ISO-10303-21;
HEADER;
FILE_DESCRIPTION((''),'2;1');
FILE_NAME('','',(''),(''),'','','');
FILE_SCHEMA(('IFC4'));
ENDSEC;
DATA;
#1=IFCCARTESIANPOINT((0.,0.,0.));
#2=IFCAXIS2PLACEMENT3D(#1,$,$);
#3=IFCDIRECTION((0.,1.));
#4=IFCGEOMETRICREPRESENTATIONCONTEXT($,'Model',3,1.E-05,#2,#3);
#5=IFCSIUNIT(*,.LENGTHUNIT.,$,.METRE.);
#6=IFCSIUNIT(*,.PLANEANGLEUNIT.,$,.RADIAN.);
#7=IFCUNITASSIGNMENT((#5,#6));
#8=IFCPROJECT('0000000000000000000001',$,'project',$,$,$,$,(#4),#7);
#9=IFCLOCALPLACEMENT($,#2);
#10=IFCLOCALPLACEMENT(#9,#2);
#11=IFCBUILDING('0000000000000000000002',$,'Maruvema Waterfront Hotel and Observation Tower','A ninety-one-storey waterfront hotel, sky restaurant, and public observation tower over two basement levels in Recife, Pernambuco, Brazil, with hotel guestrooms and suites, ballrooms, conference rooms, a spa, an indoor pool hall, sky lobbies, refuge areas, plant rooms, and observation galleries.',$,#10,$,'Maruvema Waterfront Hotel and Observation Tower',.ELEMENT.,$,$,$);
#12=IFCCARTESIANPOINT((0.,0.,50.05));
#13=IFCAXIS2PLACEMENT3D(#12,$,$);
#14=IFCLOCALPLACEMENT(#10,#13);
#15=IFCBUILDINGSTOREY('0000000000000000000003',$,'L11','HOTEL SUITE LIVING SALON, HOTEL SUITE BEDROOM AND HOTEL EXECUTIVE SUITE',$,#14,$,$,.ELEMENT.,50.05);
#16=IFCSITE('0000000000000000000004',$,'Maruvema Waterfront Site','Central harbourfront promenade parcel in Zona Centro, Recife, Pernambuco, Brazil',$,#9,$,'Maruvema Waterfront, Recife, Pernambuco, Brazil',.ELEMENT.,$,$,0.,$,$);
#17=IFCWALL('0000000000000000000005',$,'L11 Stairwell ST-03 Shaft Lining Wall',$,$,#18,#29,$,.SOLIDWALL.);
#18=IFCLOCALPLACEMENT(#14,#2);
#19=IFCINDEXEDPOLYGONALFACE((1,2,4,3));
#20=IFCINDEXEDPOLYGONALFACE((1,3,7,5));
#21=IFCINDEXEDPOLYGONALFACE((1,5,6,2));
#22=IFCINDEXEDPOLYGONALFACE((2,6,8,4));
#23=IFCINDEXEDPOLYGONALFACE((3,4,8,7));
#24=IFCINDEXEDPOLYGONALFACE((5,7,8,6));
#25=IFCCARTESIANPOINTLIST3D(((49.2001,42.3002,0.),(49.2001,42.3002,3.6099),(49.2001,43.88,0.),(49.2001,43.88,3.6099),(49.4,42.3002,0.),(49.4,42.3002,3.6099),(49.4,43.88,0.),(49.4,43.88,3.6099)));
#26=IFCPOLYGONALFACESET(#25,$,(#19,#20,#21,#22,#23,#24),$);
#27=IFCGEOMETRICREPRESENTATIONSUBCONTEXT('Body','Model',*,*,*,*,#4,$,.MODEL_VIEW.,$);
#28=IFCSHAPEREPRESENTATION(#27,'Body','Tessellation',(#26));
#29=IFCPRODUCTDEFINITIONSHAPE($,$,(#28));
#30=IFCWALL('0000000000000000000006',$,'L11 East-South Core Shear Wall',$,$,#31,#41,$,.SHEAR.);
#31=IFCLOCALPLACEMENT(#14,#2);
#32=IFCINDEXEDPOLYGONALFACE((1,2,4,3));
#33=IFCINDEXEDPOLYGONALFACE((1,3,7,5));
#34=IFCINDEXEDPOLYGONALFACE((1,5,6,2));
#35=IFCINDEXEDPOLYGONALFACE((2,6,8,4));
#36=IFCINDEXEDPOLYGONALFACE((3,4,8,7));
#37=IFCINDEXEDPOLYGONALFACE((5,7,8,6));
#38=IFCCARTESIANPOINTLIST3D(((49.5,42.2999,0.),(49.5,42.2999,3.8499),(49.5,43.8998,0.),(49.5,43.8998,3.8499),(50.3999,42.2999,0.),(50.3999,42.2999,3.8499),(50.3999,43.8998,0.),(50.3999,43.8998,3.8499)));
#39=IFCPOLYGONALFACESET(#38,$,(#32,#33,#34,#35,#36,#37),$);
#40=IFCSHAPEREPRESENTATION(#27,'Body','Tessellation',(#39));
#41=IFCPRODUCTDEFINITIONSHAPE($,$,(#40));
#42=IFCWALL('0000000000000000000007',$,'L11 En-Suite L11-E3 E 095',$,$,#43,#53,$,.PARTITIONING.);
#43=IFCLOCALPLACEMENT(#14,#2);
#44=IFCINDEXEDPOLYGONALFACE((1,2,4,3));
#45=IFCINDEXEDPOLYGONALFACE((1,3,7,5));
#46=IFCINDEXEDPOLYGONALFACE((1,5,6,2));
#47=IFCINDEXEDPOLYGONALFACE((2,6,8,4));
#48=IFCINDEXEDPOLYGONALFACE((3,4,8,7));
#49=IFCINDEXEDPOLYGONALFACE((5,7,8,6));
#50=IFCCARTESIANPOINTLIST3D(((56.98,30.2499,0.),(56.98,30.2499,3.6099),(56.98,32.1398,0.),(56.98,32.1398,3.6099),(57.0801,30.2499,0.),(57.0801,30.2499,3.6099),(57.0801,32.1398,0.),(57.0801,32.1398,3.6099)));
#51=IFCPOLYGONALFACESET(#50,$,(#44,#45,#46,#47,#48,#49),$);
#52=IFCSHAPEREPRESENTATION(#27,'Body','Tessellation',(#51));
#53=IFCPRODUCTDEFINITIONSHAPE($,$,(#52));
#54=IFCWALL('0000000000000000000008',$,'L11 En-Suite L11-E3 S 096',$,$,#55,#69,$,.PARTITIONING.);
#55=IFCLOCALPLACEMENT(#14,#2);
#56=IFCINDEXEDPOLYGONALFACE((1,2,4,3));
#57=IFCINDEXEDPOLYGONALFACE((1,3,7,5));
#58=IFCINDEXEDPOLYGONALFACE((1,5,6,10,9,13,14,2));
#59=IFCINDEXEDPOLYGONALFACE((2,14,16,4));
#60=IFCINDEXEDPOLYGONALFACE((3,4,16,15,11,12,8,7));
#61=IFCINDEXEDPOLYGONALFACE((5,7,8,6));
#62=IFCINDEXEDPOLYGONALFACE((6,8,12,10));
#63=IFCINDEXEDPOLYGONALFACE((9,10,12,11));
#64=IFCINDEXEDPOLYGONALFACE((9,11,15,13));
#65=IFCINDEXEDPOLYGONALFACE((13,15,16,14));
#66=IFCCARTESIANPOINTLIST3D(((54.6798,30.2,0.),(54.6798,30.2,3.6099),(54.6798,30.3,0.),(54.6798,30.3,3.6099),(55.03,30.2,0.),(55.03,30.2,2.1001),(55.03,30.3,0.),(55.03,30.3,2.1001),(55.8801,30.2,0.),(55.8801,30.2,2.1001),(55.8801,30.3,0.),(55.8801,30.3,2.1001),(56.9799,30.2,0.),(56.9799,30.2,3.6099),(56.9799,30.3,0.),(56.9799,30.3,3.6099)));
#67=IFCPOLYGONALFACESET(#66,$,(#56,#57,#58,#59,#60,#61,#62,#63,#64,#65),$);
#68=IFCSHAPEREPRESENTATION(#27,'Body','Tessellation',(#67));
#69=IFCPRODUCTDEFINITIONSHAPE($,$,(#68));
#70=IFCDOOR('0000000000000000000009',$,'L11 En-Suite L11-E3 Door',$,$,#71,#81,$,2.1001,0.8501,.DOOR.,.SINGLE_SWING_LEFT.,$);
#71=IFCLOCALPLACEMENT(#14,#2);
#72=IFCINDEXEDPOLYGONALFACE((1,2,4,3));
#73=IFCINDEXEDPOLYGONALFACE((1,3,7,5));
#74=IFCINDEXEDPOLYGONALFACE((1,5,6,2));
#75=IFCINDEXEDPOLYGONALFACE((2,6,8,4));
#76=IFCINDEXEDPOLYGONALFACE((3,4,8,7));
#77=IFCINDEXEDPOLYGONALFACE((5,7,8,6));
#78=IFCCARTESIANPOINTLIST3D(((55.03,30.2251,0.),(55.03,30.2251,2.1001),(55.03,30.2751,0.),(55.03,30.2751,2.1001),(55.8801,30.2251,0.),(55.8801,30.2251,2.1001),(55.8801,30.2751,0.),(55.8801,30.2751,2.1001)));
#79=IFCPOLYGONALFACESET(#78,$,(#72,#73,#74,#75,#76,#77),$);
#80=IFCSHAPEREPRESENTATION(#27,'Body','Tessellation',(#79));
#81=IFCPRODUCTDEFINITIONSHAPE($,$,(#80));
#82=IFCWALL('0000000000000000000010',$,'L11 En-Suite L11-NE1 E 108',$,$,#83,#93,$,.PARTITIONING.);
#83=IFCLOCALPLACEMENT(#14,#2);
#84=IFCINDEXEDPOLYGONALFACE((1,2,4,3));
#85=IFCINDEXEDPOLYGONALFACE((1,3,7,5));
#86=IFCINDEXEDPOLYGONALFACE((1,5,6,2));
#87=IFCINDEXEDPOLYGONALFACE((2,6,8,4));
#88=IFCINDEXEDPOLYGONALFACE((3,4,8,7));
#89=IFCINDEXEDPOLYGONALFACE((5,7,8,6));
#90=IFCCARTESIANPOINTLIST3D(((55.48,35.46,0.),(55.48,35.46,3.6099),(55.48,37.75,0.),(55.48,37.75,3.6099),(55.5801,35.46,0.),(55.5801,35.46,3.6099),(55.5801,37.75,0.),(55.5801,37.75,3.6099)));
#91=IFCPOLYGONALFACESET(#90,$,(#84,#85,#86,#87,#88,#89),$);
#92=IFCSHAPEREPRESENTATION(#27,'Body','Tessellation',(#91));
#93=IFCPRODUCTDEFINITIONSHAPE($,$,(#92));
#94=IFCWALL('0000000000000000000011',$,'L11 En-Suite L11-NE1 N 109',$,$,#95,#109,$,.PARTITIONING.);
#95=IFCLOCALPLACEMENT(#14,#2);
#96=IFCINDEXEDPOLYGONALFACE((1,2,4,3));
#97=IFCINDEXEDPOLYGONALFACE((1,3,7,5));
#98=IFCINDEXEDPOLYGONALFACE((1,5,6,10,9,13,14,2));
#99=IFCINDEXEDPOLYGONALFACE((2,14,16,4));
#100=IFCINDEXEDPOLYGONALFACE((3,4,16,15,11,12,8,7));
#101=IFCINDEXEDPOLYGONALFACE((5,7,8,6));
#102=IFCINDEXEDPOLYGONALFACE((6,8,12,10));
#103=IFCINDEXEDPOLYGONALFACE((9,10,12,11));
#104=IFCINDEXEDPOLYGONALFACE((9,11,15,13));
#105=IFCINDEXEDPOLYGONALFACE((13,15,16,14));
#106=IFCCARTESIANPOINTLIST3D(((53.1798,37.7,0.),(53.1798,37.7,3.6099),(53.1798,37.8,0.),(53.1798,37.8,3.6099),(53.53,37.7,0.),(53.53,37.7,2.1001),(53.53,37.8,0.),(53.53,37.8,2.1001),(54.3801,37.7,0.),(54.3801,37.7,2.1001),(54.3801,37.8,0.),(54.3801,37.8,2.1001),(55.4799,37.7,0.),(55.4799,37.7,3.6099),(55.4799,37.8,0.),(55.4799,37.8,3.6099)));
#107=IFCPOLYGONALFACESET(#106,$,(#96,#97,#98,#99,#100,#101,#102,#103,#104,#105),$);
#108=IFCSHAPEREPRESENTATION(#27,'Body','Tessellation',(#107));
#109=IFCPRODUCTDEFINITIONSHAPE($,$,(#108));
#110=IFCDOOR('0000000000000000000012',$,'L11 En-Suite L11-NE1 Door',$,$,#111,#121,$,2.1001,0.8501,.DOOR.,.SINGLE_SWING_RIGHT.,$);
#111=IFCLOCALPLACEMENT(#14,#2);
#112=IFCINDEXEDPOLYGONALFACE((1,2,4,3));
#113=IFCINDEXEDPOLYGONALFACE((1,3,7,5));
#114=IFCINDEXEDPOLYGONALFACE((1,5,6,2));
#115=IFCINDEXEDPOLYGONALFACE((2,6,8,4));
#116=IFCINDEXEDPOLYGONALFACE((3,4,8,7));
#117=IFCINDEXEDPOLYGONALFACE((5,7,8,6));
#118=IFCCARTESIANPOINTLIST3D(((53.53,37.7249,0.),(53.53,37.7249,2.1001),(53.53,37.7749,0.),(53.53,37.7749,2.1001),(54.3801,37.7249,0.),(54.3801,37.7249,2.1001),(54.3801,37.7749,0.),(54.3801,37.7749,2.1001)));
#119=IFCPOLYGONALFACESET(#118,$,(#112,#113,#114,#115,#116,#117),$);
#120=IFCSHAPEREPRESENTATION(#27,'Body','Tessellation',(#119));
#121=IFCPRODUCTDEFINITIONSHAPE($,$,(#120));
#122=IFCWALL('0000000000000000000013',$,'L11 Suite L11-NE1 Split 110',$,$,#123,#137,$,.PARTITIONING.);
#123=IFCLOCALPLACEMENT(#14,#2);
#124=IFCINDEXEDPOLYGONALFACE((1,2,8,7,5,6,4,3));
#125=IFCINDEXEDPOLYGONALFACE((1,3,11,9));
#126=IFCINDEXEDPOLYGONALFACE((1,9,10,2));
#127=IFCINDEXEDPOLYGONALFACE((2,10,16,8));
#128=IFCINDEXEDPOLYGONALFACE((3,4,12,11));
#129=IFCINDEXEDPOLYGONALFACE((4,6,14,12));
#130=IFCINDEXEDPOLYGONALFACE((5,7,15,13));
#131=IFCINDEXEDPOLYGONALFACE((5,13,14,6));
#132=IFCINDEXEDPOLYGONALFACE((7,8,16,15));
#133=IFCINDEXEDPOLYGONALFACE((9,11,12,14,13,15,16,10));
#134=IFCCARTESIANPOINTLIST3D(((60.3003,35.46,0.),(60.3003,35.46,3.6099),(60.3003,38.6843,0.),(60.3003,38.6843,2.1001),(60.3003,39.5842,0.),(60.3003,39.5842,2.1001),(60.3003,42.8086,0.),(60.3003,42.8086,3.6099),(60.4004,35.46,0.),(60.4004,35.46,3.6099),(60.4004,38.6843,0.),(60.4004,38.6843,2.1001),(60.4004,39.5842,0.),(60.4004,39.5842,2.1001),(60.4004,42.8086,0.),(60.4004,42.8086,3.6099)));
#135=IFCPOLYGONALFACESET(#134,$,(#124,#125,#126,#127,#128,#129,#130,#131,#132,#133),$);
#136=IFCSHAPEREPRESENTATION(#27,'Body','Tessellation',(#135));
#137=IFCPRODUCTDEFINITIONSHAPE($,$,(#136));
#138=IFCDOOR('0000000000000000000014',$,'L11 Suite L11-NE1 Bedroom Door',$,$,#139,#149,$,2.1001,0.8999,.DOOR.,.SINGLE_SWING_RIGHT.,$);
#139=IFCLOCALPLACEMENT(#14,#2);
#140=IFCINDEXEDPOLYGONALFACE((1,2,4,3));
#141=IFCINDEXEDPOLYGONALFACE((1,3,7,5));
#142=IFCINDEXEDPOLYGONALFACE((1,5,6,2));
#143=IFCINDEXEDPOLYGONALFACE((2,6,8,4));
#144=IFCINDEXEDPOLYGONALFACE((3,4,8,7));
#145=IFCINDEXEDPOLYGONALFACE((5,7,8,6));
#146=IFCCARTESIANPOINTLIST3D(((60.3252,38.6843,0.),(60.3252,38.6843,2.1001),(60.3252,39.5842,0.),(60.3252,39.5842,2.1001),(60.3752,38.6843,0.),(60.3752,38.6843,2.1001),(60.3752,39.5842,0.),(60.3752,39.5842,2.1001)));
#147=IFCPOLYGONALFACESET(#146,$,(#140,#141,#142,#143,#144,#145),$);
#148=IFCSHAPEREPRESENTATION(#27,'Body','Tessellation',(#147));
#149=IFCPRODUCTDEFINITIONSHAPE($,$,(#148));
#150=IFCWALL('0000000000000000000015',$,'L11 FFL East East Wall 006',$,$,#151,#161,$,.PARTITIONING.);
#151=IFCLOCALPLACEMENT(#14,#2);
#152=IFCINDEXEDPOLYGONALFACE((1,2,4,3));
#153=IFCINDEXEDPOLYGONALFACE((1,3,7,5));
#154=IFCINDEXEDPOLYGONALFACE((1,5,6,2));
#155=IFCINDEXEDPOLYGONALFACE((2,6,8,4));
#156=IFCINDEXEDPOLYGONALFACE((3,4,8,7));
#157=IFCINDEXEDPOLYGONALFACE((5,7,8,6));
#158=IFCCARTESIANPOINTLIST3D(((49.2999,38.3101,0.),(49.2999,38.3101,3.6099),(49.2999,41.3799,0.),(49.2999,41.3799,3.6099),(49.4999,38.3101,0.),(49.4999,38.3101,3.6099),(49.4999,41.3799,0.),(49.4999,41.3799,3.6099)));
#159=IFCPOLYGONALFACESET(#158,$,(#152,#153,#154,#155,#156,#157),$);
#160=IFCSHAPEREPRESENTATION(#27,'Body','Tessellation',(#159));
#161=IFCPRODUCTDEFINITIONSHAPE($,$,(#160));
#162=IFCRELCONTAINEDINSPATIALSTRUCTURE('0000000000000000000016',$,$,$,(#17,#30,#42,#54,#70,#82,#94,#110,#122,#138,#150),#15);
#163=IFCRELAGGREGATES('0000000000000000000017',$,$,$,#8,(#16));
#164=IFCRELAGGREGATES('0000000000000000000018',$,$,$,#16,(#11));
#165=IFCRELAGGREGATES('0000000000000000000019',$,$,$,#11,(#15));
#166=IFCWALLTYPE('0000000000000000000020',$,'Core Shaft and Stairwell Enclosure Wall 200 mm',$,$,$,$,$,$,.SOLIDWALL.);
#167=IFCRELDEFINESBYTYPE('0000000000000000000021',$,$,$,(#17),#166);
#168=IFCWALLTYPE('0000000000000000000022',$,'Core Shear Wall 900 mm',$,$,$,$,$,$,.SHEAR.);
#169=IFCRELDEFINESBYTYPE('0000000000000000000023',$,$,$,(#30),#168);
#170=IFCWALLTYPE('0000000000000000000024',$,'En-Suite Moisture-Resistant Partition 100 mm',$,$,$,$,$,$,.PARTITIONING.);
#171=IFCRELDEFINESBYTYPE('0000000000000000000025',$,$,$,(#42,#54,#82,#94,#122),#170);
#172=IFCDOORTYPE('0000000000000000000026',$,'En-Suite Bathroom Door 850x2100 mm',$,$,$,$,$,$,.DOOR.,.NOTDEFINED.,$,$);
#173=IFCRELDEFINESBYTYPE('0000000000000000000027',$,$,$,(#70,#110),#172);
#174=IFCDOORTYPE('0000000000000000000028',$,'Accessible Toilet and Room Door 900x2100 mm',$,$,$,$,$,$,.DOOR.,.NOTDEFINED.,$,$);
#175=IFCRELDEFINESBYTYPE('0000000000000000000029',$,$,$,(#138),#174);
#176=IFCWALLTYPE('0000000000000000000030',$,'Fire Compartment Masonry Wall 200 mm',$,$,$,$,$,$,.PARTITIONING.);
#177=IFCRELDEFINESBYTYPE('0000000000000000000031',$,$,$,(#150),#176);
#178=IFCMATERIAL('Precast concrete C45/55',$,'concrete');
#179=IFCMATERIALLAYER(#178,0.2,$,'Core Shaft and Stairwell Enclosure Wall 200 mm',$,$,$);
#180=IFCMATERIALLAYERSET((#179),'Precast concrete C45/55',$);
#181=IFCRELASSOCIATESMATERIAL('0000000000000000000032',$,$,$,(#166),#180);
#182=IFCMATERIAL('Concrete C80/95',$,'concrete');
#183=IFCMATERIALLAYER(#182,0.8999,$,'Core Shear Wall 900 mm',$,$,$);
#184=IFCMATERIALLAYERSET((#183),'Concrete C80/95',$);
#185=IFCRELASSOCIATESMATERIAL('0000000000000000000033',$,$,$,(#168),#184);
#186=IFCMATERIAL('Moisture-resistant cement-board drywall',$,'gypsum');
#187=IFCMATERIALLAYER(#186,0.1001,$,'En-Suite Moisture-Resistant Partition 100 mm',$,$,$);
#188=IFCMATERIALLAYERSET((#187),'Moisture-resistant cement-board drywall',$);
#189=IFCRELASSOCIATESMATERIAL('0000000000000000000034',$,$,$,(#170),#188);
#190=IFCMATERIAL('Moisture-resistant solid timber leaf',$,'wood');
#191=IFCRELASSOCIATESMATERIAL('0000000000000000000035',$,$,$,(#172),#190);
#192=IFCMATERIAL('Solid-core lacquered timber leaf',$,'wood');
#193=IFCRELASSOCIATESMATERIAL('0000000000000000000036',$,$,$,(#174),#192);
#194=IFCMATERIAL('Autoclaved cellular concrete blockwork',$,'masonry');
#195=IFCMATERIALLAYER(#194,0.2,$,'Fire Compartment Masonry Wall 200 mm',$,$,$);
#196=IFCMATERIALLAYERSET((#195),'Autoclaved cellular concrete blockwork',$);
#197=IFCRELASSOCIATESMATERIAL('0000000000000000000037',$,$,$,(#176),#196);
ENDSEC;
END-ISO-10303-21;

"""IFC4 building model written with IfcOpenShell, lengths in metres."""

from ifc_helpers import new_model, si_unit, direction, frame, frame_2d, origin, place, context, subcontext, project, spatial, rectangle, extrude, material, layer, layer_set, type_object, element, fill, save


model = new_model("IFC4")

# Units and contexts
model_context = context("Model", 3, precision=1e-05, world=origin(), true_north=direction((0.0, 1.0)))
body_context = subcontext(model_context, "Body", "Model", "MODEL_VIEW")
ifc_project = project(units=[si_unit("LENGTHUNIT", "METRE"), si_unit("PLANEANGLEUNIT", "RADIAN")], contexts=[model_context])

# Site, building, storey
site_placement = place(None, origin())
site = spatial("IfcSite", under=ifc_project, at=site_placement, Name="Maruvema Waterfront Site", Description="Central harbourfront promenade parcel in Zona Centro, Recife, Pernambuco, Brazil", LongName="Maruvema Waterfront, Recife, Pernambuco, Brazil", CompositionType="ELEMENT", RefElevation=0.0)
building_placement = place(site_placement, origin())
building = spatial("IfcBuilding", under=site, at=building_placement, Name="Maruvema Waterfront Hotel and Observation Tower", Description="A ninety-one-storey waterfront hotel, sky restaurant, and public observation tower over two basement levels in Recife, Pernambuco, Brazil, with hotel guestrooms and suites, ballrooms, conference rooms, a spa, an indoor pool hall, sky lobbies, refuge areas, plant rooms, and observation galleries.", LongName="Maruvema Waterfront Hotel and Observation Tower", CompositionType="ELEMENT")
storey_placement = place(building_placement, frame((0.0, 0.0, 50.05)))
storey = spatial("IfcBuildingStorey", under=building, at=storey_placement, Name="L11", Description="HOTEL SUITE LIVING SALON, HOTEL SUITE BEDROOM AND HOTEL EXECUTIVE SUITE", CompositionType="ELEMENT", Elevation=50.05)

# Walls
ifc_material_1 = material(Name="Precast concrete C45/55", Category="concrete")
ifc_layer_1 = layer(ifc_material_1, 0.2, Name="Core Shaft and Stairwell Enclosure Wall 200 mm")
ifc_layer_set_1 = layer_set([ifc_layer_1], Name="Precast concrete C45/55")
wall_type_1 = type_object("IfcWallType", Name="Core Shaft and Stairwell Enclosure Wall 200 mm", PredefinedType="SOLIDWALL", material=ifc_layer_set_1)
wall_1_placement = place(storey_placement, frame((49.3, 42.3, 0.0), z_axis=(0.0, 0.0, 1.0), x_axis=(0.0, 1.0, 0.0)))
element("IfcWall", 1, at=wall_1_placement, inside=storey, type_object=wall_type_1, Name="L11 Stairwell ST-03 Shaft Lining Wall", PredefinedType="SOLIDWALL", context=body_context, shape_type="SweptSolid", body=[
    extrude(rectangle(XDim=1.5798, YDim=0.2, at=frame_2d((0.79, 0.0))), origin(), (0.0, 0.0, 1.0), 3.6099),
])
ifc_material_2 = material(Name="Concrete C80/95", Category="concrete")
ifc_layer_2 = layer(ifc_material_2, 0.8999, Name="Core Shear Wall 900 mm")
ifc_layer_set_2 = layer_set([ifc_layer_2], Name="Concrete C80/95")
wall_type_2 = type_object("IfcWallType", Name="Core Shear Wall 900 mm", PredefinedType="SHEAR", material=ifc_layer_set_2)
wall_2_placement = place(storey_placement, frame((49.95, 42.3, 0.0), z_axis=(0.0, 0.0, 1.0), x_axis=(0.0, 1.0, 0.0)))
element("IfcWall", 2, at=wall_2_placement, inside=storey, type_object=wall_type_2, Name="L11 East-South Core Shear Wall", PredefinedType="SHEAR", context=body_context, shape_type="SweptSolid", body=[
    extrude(rectangle(XDim=1.5999, YDim=0.8999, at=frame_2d((0.7998, 0.0))), origin(), (0.0, 0.0, 1.0), 3.8499),
])
ifc_material_3 = material(Name="Moisture-resistant cement-board drywall", Category="gypsum")
ifc_layer_3 = layer(ifc_material_3, 0.1001, Name="En-Suite Moisture-Resistant Partition 100 mm")
ifc_layer_set_3 = layer_set([ifc_layer_3], Name="Moisture-resistant cement-board drywall")
wall_type_3 = type_object("IfcWallType", Name="En-Suite Moisture-Resistant Partition 100 mm", PredefinedType="PARTITIONING", material=ifc_layer_set_3)
wall_3_placement = place(storey_placement, frame((57.03, 30.25, 0.0), z_axis=(0.0, 0.0, 1.0), x_axis=(0.0, 1.0, 0.0)))
element("IfcWall", 3, at=wall_3_placement, inside=storey, type_object=wall_type_3, Name="L11 En-Suite L11-E3 E 095", PredefinedType="PARTITIONING", context=body_context, shape_type="SweptSolid", body=[
    extrude(rectangle(XDim=1.8899, YDim=0.1001, at=frame_2d((0.9448, 0.0))), origin(), (0.0, 0.0, 1.0), 3.6099),
])

# Wall, opening, door
wall_4_placement = place(storey_placement, frame((54.6799, 30.25, 0.0), z_axis=(0.0, 0.0, 1.0), x_axis=(1.0, 0.0, 0.0)))
wall_4 = element("IfcWall", 4, at=wall_4_placement, inside=storey, type_object=wall_type_3, Name="L11 En-Suite L11-E3 S 096", PredefinedType="PARTITIONING", context=body_context, shape_type="SweptSolid", body=[
    extrude(rectangle(XDim=2.3, YDim=0.1001, at=frame_2d((1.1499, 0.0))), origin(), (0.0, 0.0, 1.0), 3.6099),
])
opening_1_placement = place(wall_4_placement, frame((0.3501, 0.0, 0.0)))
opening_1 = element("IfcOpeningElement", 5, at=opening_1_placement, cuts=wall_4, PredefinedType="OPENING", context=body_context, shape_type="SweptSolid", body=[
    extrude(rectangle(XDim=0.8501, YDim=2.1001, at=frame_2d((0.425, 1.05))), frame((0.0, 0.0601, 0.0), z_axis=(0.0, -1.0, 0.0), x_axis=(1.0, 0.0, 0.0)), (0.0, 0.0, 1.0), 0.1201),
])
ifc_material_4 = material(Name="Moisture-resistant solid timber leaf", Category="wood")
door_type_1 = type_object("IfcDoorType", Name="En-Suite Bathroom Door 850x2100 mm", OperationType="NOTDEFINED", PredefinedType="DOOR", material=ifc_material_4)
door_1_placement = place(opening_1_placement, frame((0.8501, 0.0, 0.0), z_axis=(0.0, 0.0, 1.0), x_axis=(-1.0, 0.0, 0.0)))
door_1 = element("IfcDoor", 6, at=door_1_placement, inside=storey, type_object=door_type_1, Name="L11 En-Suite L11-E3 Door", OperationType="SINGLE_SWING_LEFT", OverallHeight=2.1001, OverallWidth=0.8501, PredefinedType="DOOR", context=body_context, shape_type="SweptSolid", body=[
    extrude(rectangle(XDim=0.8501, YDim=2.1001, at=frame_2d((0.425, 1.05))), frame((0.0, 0.0249, 0.0), z_axis=(0.0, -1.0, 0.0), x_axis=(1.0, 0.0, 0.0)), (0.0, 0.0, 1.0), 0.05),
])
fill(opening_1, door_1)

# Wall
wall_5_placement = place(storey_placement, frame((55.53, 35.46, 0.0), z_axis=(0.0, 0.0, 1.0), x_axis=(0.0, 1.0, 0.0)))
element("IfcWall", 7, at=wall_5_placement, inside=storey, type_object=wall_type_3, Name="L11 En-Suite L11-NE1 E 108", PredefinedType="PARTITIONING", context=body_context, shape_type="SweptSolid", body=[
    extrude(rectangle(XDim=2.29, YDim=0.1001, at=frame_2d((1.145, 0.0))), origin(), (0.0, 0.0, 1.0), 3.6099),
])

# Walls, openings, doors
wall_6_placement = place(storey_placement, frame((53.1799, 37.75, 0.0), z_axis=(0.0, 0.0, 1.0), x_axis=(1.0, 0.0, 0.0)))
wall_6 = element("IfcWall", 8, at=wall_6_placement, inside=storey, type_object=wall_type_3, Name="L11 En-Suite L11-NE1 N 109", PredefinedType="PARTITIONING", context=body_context, shape_type="SweptSolid", body=[
    extrude(rectangle(XDim=2.3, YDim=0.1001, at=frame_2d((1.1499, 0.0))), origin(), (0.0, 0.0, 1.0), 3.6099),
])
opening_2_placement = place(wall_6_placement, frame((0.3501, 0.0, 0.0)))
opening_2 = element("IfcOpeningElement", 9, at=opening_2_placement, cuts=wall_6, PredefinedType="OPENING", context=body_context, shape_type="SweptSolid", body=[
    extrude(rectangle(XDim=0.8501, YDim=2.1001, at=frame_2d((0.425, 1.05))), frame((0.0, 0.0601, 0.0), z_axis=(0.0, -1.0, 0.0), x_axis=(1.0, 0.0, 0.0)), (0.0, 0.0, 1.0), 0.1201),
])
door_2_placement = place(opening_2_placement, origin())
door_2 = element("IfcDoor", 10, at=door_2_placement, inside=storey, type_object=door_type_1, Name="L11 En-Suite L11-NE1 Door", OperationType="SINGLE_SWING_RIGHT", OverallHeight=2.1001, OverallWidth=0.8501, PredefinedType="DOOR", context=body_context, shape_type="SweptSolid", body=[
    extrude(rectangle(XDim=0.8501, YDim=2.1001, at=frame_2d((0.425, 1.05))), frame((0.0, 0.0249, 0.0), z_axis=(0.0, -1.0, 0.0), x_axis=(1.0, 0.0, 0.0)), (0.0, 0.0, 1.0), 0.05),
])
fill(opening_2, door_2)
wall_7_placement = place(storey_placement, frame((60.3503, 35.46, 0.0), z_axis=(0.0, 0.0, 1.0), x_axis=(0.0, 1.0, 0.0)))
wall_7 = element("IfcWall", 11, at=wall_7_placement, inside=storey, type_object=wall_type_3, Name="L11 Suite L11-NE1 Split 110", PredefinedType="PARTITIONING", context=body_context, shape_type="SweptSolid", body=[
    extrude(rectangle(XDim=7.3486, YDim=0.1001, at=frame_2d((3.6743, 0.0))), origin(), (0.0, 0.0, 1.0), 3.6099),
])
opening_3_placement = place(wall_7_placement, frame((3.2244, 0.0, 0.0)))
opening_3 = element("IfcOpeningElement", 12, at=opening_3_placement, cuts=wall_7, PredefinedType="OPENING", context=body_context, shape_type="SweptSolid", body=[
    extrude(rectangle(XDim=0.8999, YDim=2.1001, at=frame_2d((0.45, 1.05))), frame((0.0, 0.0601, 0.0), z_axis=(0.0, -1.0, 0.0), x_axis=(1.0, 0.0, 0.0)), (0.0, 0.0, 1.0), 0.1201),
])
ifc_material_5 = material(Name="Solid-core lacquered timber leaf", Category="wood")
door_type_2 = type_object("IfcDoorType", Name="Accessible Toilet and Room Door 900x2100 mm", OperationType="NOTDEFINED", PredefinedType="DOOR", material=ifc_material_5)
door_3_placement = place(opening_3_placement, frame((0.8999, 0.0, 0.0), z_axis=(0.0, 0.0, 1.0), x_axis=(-1.0, 0.0, 0.0)))
door_3 = element("IfcDoor", 13, at=door_3_placement, inside=storey, type_object=door_type_2, Name="L11 Suite L11-NE1 Bedroom Door", OperationType="SINGLE_SWING_RIGHT", OverallHeight=2.1001, OverallWidth=0.8999, PredefinedType="DOOR", context=body_context, shape_type="SweptSolid", body=[
    extrude(rectangle(XDim=0.8999, YDim=2.1001, at=frame_2d((0.45, 1.05))), frame((0.0, 0.0249, 0.0), z_axis=(0.0, -1.0, 0.0), x_axis=(1.0, 0.0, 0.0)), (0.0, 0.0, 1.0), 0.05),
])
fill(opening_3, door_3)

# Wall
ifc_material_6 = material(Name="Autoclaved cellular concrete blockwork", Category="masonry")
ifc_layer_4 = layer(ifc_material_6, 0.2, Name="Fire Compartment Masonry Wall 200 mm")
ifc_layer_set_4 = layer_set([ifc_layer_4], Name="Autoclaved cellular concrete blockwork")
wall_type_4 = type_object("IfcWallType", Name="Fire Compartment Masonry Wall 200 mm", PredefinedType="PARTITIONING", material=ifc_layer_set_4)
wall_8_placement = place(storey_placement, frame((49.3999, 38.3101, 0.0), z_axis=(0.0, 0.0, 1.0), x_axis=(0.0, 1.0, 0.0)))
element("IfcWall", 14, at=wall_8_placement, inside=storey, type_object=wall_type_4, Name="L11 FFL East East Wall 006", PredefinedType="PARTITIONING", context=body_context, shape_type="SweptSolid", body=[
    extrude(rectangle(XDim=3.0698, YDim=0.2, at=frame_2d((1.5349, 0.0))), origin(), (0.0, 0.0, 1.0), 3.6099),
])

save(model, "model.ifc")
